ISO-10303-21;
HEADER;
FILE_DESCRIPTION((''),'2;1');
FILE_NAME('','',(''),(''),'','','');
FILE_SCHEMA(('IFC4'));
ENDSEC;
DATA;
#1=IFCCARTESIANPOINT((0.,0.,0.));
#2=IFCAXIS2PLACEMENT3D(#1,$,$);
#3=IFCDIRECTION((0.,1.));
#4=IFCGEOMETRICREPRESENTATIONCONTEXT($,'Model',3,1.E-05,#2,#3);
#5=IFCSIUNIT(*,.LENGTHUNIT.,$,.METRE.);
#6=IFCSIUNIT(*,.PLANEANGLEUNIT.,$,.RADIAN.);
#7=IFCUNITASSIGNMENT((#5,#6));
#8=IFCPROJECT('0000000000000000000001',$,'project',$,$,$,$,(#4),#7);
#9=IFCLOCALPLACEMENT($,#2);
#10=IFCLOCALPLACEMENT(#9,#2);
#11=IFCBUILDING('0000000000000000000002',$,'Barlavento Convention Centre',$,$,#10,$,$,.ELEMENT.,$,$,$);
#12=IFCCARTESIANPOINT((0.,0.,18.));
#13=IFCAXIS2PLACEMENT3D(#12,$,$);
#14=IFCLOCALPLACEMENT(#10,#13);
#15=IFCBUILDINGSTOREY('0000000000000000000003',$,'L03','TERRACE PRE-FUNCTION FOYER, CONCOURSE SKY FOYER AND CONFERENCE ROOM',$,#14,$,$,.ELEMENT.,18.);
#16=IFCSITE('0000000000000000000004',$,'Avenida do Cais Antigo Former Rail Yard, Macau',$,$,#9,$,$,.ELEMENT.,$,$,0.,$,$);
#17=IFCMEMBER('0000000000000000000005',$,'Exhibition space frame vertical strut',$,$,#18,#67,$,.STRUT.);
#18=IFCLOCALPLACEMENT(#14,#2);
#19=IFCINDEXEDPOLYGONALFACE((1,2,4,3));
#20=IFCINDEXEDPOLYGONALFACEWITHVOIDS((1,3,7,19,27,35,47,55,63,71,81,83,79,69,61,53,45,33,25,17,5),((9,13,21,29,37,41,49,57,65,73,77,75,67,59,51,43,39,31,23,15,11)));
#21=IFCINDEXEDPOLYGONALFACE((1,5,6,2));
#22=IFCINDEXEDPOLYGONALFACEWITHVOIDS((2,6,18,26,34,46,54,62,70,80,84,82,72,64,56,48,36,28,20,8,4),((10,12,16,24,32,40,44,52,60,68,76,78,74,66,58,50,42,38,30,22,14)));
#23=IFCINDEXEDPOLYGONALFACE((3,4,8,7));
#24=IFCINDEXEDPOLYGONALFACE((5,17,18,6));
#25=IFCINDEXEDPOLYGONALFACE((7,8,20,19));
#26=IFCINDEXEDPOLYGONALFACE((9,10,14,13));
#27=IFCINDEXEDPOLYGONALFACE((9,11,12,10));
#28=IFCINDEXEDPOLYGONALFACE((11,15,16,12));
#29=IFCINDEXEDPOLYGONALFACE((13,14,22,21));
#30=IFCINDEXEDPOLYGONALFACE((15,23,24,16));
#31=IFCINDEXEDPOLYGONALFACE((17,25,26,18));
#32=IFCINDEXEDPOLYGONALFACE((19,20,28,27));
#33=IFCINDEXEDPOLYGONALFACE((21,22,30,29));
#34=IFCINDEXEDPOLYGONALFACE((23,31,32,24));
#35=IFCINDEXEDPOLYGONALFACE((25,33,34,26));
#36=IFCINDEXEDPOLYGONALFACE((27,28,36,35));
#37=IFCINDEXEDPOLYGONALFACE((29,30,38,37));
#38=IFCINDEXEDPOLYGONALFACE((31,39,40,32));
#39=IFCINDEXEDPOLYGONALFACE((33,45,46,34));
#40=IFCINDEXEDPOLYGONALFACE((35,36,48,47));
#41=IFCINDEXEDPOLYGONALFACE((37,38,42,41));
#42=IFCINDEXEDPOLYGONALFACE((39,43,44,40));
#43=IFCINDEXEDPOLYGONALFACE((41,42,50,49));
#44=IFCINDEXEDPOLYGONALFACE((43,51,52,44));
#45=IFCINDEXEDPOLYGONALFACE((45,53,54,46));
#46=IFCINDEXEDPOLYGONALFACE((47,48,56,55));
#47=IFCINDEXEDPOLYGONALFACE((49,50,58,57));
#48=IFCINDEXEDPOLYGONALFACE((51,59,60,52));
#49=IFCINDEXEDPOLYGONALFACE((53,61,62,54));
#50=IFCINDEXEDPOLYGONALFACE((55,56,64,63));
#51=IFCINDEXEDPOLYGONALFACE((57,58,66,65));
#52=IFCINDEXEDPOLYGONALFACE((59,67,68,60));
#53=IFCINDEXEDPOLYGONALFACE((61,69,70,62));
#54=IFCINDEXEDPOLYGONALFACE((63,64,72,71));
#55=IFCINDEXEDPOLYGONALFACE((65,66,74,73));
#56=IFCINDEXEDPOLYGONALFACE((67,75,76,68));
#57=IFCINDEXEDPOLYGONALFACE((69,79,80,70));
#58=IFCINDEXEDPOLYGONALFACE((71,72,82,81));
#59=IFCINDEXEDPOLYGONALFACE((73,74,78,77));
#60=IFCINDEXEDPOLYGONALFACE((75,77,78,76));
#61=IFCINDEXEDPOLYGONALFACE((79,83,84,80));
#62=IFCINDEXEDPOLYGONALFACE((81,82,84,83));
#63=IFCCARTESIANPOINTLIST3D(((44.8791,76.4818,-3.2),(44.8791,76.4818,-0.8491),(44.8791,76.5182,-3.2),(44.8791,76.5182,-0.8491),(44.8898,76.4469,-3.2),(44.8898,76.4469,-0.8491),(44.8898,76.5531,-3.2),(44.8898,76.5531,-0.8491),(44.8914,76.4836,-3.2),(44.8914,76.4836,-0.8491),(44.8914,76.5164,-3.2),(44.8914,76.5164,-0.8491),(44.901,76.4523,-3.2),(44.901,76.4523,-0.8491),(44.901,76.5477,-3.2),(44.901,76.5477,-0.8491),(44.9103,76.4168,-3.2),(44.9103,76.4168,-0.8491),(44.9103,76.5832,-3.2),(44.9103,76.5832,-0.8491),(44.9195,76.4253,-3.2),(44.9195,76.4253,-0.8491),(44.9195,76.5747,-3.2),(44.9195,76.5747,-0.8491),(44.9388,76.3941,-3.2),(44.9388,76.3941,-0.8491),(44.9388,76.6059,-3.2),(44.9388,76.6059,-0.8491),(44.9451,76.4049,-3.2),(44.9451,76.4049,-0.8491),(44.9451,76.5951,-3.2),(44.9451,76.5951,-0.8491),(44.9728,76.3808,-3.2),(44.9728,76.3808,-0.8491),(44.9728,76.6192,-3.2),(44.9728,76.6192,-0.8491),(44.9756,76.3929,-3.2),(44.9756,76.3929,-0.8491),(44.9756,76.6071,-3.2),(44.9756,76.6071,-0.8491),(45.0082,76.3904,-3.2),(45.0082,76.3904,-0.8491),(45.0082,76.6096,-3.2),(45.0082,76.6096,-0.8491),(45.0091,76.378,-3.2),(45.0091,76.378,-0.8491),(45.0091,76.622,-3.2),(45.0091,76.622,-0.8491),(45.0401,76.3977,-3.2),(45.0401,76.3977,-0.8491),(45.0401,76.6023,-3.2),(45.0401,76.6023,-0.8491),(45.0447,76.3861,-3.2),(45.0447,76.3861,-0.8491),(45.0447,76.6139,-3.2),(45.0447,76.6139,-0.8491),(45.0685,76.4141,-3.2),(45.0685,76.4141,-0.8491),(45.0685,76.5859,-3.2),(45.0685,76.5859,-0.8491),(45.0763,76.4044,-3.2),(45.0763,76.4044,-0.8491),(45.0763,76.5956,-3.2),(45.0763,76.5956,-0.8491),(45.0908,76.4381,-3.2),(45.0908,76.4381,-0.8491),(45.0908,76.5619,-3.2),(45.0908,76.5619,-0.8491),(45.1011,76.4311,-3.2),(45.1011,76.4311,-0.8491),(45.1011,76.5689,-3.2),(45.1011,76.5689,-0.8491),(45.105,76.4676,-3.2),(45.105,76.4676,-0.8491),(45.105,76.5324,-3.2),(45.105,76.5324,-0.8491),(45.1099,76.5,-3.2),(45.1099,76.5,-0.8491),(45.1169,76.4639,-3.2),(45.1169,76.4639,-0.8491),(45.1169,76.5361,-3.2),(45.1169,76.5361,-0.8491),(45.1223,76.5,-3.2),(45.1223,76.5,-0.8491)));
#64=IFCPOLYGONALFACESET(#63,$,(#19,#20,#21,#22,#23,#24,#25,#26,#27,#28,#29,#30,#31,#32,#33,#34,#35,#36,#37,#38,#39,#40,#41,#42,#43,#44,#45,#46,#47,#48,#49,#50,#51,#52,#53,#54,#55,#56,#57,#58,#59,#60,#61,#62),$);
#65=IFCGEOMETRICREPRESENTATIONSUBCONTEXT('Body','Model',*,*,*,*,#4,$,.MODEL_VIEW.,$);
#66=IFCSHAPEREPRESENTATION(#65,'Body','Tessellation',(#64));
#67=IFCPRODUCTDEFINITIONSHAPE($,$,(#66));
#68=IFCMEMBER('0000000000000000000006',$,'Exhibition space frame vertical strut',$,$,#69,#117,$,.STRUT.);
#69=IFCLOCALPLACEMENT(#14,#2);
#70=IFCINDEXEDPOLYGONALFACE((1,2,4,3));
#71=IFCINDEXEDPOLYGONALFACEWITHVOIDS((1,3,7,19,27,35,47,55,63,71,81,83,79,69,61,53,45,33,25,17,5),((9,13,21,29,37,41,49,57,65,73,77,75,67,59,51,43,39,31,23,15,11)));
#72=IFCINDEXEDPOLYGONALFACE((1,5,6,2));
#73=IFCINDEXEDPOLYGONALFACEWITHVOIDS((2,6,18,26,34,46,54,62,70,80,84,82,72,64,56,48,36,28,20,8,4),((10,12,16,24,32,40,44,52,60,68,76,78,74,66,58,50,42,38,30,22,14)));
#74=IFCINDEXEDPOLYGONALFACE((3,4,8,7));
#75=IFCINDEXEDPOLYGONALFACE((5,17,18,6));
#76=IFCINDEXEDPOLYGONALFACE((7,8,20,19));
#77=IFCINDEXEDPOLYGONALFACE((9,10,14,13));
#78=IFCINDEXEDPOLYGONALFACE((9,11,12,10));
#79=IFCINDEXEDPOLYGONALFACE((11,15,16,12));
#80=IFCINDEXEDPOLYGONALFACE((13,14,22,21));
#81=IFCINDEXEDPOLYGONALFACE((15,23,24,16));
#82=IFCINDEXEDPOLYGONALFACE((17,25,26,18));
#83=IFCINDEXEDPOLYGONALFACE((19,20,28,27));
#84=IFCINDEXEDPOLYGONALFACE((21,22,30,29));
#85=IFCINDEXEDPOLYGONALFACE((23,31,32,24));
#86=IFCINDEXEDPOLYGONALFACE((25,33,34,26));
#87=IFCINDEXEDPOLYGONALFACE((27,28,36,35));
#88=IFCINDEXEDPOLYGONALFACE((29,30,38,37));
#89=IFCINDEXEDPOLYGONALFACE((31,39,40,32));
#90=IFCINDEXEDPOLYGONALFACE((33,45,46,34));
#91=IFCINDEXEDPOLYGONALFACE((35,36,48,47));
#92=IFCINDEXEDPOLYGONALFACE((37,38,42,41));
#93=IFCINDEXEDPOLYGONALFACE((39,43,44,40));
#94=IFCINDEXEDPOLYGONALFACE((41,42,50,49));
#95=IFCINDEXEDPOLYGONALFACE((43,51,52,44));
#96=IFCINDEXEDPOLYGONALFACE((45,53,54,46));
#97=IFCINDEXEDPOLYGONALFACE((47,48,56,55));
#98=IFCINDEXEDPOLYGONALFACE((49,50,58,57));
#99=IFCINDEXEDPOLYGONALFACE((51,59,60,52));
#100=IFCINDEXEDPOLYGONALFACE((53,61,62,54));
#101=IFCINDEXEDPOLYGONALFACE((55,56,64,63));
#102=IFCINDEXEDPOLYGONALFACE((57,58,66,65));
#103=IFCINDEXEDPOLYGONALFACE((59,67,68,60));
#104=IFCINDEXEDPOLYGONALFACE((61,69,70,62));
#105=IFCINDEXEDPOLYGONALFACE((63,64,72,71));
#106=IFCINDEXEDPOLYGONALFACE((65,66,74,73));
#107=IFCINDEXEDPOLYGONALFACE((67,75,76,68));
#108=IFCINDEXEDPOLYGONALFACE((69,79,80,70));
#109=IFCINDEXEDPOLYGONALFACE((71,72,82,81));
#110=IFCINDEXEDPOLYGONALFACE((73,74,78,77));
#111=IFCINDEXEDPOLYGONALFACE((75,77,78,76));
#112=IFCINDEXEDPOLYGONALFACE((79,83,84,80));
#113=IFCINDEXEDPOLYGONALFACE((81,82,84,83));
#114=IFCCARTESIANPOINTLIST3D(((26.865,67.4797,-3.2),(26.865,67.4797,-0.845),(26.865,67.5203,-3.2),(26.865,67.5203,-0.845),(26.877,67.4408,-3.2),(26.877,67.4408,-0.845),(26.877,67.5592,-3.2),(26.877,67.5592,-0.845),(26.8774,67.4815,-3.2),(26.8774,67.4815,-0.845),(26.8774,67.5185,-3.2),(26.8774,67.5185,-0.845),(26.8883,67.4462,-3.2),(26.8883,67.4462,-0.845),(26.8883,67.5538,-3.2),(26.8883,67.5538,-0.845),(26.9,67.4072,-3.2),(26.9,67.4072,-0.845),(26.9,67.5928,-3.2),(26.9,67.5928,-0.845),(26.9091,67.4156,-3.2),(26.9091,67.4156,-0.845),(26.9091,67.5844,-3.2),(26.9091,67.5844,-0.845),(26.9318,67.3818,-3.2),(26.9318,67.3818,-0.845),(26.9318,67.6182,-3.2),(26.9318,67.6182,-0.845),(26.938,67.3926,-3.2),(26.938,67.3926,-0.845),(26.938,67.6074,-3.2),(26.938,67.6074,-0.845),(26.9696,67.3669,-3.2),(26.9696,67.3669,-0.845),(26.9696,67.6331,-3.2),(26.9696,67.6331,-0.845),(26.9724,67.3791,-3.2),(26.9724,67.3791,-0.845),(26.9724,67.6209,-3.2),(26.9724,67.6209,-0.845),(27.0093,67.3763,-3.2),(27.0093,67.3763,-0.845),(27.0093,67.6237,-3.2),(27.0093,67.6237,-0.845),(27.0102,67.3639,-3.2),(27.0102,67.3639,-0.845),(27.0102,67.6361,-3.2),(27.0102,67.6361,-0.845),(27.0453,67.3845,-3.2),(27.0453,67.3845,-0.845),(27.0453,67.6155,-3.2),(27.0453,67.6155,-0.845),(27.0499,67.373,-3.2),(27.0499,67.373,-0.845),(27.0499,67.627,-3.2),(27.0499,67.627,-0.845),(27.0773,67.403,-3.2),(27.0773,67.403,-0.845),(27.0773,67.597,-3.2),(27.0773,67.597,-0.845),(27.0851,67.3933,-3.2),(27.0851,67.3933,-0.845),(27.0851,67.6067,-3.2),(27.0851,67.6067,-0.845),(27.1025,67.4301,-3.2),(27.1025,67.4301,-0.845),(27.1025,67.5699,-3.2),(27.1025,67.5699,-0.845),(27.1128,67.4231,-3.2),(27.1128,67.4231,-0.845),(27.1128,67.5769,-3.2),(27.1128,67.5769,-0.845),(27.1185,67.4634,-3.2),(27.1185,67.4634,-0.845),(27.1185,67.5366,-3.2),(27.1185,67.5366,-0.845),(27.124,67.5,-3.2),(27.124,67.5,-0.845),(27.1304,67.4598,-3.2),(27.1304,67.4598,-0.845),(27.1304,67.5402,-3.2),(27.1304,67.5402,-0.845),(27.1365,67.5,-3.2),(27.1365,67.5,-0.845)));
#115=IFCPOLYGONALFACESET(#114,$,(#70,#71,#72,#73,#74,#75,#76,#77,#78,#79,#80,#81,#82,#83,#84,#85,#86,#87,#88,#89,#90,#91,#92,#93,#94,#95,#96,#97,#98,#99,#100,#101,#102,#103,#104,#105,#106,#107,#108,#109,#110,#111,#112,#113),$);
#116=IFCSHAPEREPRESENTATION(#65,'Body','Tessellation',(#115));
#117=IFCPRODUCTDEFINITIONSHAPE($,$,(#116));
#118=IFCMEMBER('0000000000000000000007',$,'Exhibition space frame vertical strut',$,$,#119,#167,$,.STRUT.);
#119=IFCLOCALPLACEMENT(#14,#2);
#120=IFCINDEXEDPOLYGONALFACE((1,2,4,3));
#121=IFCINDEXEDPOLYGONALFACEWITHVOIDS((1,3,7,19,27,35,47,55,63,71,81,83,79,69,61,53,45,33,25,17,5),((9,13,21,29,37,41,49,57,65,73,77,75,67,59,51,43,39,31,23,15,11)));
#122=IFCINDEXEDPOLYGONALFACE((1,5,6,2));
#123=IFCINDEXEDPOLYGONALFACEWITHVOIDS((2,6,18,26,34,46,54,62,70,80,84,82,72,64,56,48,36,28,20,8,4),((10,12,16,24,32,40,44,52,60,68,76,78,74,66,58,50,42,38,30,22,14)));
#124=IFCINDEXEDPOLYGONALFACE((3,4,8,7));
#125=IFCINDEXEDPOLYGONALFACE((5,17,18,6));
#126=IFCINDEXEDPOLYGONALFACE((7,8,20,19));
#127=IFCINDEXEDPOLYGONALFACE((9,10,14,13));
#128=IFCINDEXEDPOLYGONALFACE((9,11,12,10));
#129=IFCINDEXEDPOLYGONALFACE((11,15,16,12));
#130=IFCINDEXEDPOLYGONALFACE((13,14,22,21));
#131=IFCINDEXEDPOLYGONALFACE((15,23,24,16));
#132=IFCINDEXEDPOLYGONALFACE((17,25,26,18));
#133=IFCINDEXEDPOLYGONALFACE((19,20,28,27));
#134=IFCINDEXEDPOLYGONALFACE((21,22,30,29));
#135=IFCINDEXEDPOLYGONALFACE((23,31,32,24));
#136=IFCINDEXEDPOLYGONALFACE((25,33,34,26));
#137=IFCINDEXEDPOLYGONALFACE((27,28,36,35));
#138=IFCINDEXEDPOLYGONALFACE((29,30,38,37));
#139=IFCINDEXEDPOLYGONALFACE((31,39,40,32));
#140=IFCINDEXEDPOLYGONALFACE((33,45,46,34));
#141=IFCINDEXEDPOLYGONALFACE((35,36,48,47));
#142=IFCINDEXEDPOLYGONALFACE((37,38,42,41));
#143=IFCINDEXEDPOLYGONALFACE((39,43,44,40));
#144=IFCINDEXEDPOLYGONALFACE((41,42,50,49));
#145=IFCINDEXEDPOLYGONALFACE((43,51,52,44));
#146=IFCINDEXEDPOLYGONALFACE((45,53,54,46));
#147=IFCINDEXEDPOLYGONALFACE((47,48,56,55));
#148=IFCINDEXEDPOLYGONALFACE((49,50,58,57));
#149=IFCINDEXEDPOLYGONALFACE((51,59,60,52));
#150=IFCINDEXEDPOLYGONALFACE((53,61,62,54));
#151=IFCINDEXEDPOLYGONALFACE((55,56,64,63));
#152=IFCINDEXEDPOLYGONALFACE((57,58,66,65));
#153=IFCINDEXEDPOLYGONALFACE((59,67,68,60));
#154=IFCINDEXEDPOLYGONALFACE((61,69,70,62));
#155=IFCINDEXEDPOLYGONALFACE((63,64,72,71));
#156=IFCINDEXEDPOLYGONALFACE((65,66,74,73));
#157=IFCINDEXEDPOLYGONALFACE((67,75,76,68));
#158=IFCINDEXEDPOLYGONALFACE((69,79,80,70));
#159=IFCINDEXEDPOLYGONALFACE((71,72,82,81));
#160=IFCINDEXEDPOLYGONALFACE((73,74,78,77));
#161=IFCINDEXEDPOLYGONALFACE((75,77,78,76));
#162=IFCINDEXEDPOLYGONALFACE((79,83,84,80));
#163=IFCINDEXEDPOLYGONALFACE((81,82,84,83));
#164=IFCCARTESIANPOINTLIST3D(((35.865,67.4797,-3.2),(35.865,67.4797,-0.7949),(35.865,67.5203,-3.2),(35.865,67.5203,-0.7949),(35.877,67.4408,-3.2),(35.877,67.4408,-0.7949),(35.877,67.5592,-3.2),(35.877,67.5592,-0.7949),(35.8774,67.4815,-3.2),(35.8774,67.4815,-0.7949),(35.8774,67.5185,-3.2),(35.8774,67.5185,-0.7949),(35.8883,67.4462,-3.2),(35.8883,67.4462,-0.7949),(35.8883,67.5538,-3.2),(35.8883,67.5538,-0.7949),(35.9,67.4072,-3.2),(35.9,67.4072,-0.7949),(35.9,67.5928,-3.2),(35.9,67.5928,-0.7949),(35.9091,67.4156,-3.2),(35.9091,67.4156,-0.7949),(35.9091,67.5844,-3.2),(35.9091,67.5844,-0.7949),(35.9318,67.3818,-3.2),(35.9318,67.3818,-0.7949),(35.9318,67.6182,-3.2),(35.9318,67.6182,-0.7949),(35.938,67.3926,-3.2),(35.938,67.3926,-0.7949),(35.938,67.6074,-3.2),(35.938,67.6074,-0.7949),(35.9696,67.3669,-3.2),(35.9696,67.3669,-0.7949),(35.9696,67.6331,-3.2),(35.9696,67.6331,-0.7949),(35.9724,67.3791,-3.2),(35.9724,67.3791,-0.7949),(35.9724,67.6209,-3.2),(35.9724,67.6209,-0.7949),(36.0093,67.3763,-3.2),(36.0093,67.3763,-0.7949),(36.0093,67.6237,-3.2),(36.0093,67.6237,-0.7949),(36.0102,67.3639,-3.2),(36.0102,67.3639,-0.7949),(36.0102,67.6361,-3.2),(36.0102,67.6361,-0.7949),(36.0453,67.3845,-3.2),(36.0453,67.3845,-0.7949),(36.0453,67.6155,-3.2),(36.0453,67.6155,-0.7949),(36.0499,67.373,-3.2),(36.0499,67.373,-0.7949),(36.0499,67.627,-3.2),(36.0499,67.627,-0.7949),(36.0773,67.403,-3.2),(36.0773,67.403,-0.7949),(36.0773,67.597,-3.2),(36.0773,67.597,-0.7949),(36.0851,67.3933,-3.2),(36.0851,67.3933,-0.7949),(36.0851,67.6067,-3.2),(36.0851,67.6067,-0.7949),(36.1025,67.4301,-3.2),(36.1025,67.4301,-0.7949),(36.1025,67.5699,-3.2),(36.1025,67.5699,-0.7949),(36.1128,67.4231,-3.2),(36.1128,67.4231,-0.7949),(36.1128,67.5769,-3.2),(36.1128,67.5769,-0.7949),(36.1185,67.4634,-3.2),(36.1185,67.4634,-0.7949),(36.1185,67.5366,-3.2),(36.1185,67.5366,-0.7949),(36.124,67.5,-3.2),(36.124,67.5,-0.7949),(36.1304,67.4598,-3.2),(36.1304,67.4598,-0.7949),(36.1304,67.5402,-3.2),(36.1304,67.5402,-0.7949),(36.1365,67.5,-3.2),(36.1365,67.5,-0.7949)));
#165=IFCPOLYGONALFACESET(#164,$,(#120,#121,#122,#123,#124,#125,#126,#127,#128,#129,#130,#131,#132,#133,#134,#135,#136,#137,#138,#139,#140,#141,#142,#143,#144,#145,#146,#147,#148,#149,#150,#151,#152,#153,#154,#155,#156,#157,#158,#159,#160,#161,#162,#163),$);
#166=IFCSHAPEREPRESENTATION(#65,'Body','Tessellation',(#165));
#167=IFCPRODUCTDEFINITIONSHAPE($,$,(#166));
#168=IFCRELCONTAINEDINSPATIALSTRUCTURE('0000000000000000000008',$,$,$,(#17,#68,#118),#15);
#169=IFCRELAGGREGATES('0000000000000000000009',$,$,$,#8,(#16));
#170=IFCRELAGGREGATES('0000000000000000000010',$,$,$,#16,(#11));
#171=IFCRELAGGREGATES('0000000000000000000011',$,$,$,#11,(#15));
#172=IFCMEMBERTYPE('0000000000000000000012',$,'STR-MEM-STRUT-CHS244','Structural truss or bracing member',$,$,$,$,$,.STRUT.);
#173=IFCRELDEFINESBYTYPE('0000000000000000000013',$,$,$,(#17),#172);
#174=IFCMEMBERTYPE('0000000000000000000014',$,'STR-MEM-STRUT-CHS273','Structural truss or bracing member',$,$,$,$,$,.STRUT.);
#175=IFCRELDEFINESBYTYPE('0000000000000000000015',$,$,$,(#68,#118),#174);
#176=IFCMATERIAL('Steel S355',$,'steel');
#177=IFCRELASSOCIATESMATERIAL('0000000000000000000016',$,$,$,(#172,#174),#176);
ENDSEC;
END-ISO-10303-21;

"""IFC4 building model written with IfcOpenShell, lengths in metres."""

from ifc_helpers import new_model, si_unit, direction, frame, origin, origin_2d, place, context, subcontext, project, spatial, hollow_circle, extrude, material, material_profile, profile_set, type_object, element, save


model = new_model("IFC4")

# Units and contexts
model_context = context("Model", 3, precision=1e-05, world=origin(), true_north=direction((0.0, 1.0)))
body_context = subcontext(model_context, "Body", "Model", "MODEL_VIEW")
ifc_project = project(units=[si_unit("LENGTHUNIT", "METRE"), si_unit("PLANEANGLEUNIT", "RADIAN")], contexts=[model_context])

# Site, building, storey
site_placement = place(None, origin())
site = spatial("IfcSite", under=ifc_project, at=site_placement, Name="Avenida do Cais Antigo Former Rail Yard, Macau", CompositionType="ELEMENT", RefElevation=0.0)
building_placement = place(site_placement, origin())
building = spatial("IfcBuilding", under=site, at=building_placement, Name="Barlavento Convention Centre", CompositionType="ELEMENT")
storey_placement = place(building_placement, frame((0.0, 0.0, 18.0)))
storey = spatial("IfcBuildingStorey", under=building, at=storey_placement, Name="L03", Description="TERRACE PRE-FUNCTION FOYER, CONCOURSE SKY FOYER AND CONFERENCE ROOM", CompositionType="ELEMENT", Elevation=18.0)

# Members
ifc_material_1 = material(Name="Steel S355", Category="steel")
ifc_material_profile_1 = material_profile(ifc_material_1, hollow_circle(Radius=0.1223, WallThickness=0.0125, at=origin_2d()), Name="CHS 244.5x12.5")
ifc_profile_set_1 = profile_set([ifc_material_profile_1], Name="Steel S355")
member_type_1 = type_object("IfcMemberType", Name="STR-MEM-STRUT-CHS244", Description="Structural truss or bracing member", PredefinedType="STRUT", material=ifc_profile_set_1)
member_1_placement = place(storey_placement, frame((45.0, 76.5, -3.2), z_axis=(0.0, 0.0, 1.0), x_axis=(1.0, 0.0, 0.0)))
element("IfcMember", 1, at=member_1_placement, inside=storey, type_object=member_type_1, Name="Exhibition space frame vertical strut", PredefinedType="STRUT", context=body_context, shape_type="SweptSolid", body=[
    extrude(hollow_circle(Radius=0.1223, WallThickness=0.0125, at=origin_2d()), origin(), (0.0, 0.0, 1.0), 2.3508),
])
ifc_material_profile_2 = material_profile(ifc_material_1, hollow_circle(Radius=0.1365, WallThickness=0.0125, at=origin_2d()), Name="CHS 273.0x12.5")
ifc_profile_set_2 = profile_set([ifc_material_profile_2], Name="Steel S355")
member_type_2 = type_object("IfcMemberType", Name="STR-MEM-STRUT-CHS273", Description="Structural truss or bracing member", PredefinedType="STRUT", material=ifc_profile_set_2)
member_2_placement = place(storey_placement, frame((27.0, 67.5, -3.2), z_axis=(0.0, 0.0, 1.0), x_axis=(1.0, 0.0, 0.0)))
element("IfcMember", 2, at=member_2_placement, inside=storey, type_object=member_type_2, Name="Exhibition space frame vertical strut", PredefinedType="STRUT", context=body_context, shape_type="SweptSolid", body=[
    extrude(hollow_circle(Radius=0.1365, WallThickness=0.0125, at=origin_2d()), origin(), (0.0, 0.0, 1.0), 2.355),
])
member_3_placement = place(storey_placement, frame((36.0, 67.5, -3.2), z_axis=(0.0, 0.0, 1.0), x_axis=(1.0, 0.0, 0.0)))
element("IfcMember", 3, at=member_3_placement, inside=storey, type_object=member_type_2, Name="Exhibition space frame vertical strut", PredefinedType="STRUT", context=body_context, shape_type="SweptSolid", body=[
    extrude(hollow_circle(Radius=0.1365, WallThickness=0.0125, at=origin_2d()), origin(), (0.0, 0.0, 1.0), 2.405),
])

save(model, "model.ifc")
